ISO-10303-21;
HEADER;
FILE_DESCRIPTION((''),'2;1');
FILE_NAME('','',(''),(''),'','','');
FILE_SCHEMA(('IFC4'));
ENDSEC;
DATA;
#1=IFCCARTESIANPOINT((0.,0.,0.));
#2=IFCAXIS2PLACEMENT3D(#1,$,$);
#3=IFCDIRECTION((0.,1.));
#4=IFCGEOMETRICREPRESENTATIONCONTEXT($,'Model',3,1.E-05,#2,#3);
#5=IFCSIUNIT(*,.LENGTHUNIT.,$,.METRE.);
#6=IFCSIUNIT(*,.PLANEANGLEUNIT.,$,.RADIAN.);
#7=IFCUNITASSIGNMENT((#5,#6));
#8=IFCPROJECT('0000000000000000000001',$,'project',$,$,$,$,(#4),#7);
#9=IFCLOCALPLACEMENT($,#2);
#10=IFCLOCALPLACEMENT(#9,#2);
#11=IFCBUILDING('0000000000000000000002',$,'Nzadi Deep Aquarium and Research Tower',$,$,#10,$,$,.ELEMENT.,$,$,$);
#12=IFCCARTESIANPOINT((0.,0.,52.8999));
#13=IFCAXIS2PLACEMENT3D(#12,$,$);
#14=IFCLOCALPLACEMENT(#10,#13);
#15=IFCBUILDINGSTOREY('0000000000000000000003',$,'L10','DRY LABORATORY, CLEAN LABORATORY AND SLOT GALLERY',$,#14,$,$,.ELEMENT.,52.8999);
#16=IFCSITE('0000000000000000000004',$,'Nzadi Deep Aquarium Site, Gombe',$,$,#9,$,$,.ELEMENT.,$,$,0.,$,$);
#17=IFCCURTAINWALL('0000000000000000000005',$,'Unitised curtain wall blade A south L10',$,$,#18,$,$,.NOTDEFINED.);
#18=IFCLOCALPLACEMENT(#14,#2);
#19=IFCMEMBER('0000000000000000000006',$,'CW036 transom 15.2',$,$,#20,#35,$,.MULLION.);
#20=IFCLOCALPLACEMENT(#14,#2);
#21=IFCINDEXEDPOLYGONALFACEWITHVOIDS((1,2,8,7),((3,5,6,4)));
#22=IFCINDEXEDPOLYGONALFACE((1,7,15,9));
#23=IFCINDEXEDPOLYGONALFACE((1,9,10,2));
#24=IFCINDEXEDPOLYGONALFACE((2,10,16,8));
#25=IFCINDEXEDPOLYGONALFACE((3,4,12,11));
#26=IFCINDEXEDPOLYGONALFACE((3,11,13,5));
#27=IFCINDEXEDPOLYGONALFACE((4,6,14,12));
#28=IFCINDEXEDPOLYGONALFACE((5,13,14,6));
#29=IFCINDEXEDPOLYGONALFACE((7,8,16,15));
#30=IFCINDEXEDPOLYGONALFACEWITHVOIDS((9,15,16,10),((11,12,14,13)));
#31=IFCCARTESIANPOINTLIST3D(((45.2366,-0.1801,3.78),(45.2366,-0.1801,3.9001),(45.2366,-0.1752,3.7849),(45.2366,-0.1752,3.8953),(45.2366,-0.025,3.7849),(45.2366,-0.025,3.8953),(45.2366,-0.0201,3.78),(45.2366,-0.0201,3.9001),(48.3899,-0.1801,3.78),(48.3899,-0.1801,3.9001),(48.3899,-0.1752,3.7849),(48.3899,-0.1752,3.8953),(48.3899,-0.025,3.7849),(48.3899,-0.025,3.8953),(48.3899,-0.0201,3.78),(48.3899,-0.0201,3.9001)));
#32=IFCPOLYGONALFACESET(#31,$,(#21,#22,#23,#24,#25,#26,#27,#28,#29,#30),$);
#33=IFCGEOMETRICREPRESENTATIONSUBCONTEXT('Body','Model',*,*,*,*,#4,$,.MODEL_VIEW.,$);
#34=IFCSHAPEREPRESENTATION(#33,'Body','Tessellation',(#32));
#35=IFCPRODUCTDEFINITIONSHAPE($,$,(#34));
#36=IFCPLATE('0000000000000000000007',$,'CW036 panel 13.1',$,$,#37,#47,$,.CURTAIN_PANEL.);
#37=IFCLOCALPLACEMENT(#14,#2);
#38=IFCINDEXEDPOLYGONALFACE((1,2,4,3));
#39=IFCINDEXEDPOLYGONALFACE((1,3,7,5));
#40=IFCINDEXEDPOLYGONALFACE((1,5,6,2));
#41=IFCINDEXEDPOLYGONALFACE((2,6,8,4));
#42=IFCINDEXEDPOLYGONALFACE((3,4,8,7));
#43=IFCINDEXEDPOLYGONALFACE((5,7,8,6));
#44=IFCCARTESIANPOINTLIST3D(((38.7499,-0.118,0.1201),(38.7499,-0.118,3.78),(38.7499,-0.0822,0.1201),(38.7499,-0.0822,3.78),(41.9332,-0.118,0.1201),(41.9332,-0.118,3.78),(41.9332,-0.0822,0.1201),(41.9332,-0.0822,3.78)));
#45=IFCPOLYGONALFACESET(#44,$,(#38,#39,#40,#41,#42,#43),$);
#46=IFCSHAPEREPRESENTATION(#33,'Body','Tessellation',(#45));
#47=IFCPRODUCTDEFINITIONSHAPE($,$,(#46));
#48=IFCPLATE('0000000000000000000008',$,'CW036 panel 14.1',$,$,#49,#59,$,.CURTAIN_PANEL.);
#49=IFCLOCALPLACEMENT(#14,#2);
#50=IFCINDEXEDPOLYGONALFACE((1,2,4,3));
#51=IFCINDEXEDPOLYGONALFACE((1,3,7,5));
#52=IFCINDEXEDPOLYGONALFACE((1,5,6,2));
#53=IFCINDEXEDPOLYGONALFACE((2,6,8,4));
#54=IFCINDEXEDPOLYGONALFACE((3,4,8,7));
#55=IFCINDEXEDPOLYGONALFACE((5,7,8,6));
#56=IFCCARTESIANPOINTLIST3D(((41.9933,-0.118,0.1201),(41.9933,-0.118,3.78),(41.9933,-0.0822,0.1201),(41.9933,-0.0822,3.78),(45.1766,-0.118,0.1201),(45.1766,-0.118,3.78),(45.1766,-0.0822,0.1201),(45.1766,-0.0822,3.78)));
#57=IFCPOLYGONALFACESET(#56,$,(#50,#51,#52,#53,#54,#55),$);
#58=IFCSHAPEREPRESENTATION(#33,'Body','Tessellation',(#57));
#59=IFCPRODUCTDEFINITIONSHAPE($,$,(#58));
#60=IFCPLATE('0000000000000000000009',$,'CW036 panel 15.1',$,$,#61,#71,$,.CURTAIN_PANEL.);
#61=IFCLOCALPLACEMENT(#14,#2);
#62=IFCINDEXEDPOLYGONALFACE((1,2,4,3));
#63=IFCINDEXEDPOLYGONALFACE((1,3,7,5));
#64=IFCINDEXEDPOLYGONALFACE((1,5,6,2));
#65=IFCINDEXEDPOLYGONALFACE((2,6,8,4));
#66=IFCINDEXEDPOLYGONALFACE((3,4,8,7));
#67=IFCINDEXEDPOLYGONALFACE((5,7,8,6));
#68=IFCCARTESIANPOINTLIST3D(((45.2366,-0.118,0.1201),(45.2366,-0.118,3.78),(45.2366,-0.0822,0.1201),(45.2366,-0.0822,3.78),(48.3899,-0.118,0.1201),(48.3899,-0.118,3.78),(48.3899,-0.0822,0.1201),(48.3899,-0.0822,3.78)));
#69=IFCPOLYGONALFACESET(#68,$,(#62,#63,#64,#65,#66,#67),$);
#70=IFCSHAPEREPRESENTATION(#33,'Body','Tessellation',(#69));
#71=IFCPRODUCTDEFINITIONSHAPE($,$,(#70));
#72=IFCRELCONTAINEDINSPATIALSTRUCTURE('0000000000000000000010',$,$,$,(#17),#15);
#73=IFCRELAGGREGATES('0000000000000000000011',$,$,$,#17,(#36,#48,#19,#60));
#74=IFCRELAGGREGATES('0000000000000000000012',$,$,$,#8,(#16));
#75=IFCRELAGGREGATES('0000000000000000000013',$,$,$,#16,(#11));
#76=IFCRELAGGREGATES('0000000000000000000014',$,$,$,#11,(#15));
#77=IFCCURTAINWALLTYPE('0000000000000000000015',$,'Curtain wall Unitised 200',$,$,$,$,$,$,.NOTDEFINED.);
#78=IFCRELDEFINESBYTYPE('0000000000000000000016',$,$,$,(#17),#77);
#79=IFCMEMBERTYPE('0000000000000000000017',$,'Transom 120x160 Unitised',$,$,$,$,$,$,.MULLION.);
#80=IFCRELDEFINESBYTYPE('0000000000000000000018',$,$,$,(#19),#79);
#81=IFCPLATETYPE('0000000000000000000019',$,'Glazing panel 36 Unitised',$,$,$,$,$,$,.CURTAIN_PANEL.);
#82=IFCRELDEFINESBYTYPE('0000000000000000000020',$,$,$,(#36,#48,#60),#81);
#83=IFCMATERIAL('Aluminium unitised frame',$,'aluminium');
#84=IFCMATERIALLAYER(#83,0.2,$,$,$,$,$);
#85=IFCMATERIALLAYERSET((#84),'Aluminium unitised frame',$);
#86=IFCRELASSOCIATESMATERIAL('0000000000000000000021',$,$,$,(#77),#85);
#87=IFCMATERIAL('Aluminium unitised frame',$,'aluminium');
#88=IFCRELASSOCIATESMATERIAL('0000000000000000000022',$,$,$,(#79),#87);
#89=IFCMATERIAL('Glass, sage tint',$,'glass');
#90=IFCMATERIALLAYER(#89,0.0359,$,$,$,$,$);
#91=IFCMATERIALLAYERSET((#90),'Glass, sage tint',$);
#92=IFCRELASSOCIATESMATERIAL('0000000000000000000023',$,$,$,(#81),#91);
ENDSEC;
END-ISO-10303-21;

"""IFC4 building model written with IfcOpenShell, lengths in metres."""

from ifc_helpers import new_model, si_unit, direction, frame, origin, origin_2d, place, context, subcontext, project, spatial, rectangle, hollow_rectangle, extrude, material, layer, layer_set, material_profile, profile_set, type_object, element, aggregate, save


model = new_model("IFC4")

# Units and contexts
model_context = context("Model", 3, precision=1e-05, world=origin(), true_north=direction((0.0, 1.0)))
body_context = subcontext(model_context, "Body", "Model", "MODEL_VIEW")
ifc_project = project(units=[si_unit("LENGTHUNIT", "METRE"), si_unit("PLANEANGLEUNIT", "RADIAN")], contexts=[model_context])

# Site, building, storey
site_placement = place(None, origin())
site = spatial("IfcSite", under=ifc_project, at=site_placement, Name="Nzadi Deep Aquarium Site, Gombe", CompositionType="ELEMENT", RefElevation=0.0)
building_placement = place(site_placement, origin())
building = spatial("IfcBuilding", under=site, at=building_placement, Name="Nzadi Deep Aquarium and Research Tower", CompositionType="ELEMENT")
storey_placement = place(building_placement, frame((0.0, 0.0, 52.8999)))
storey = spatial("IfcBuildingStorey", under=building, at=storey_placement, Name="L10", Description="DRY LABORATORY, CLEAN LABORATORY AND SLOT GALLERY", CompositionType="ELEMENT", Elevation=52.8999)

# Curtain wall
ifc_material_1 = material(Name="Aluminium unitised frame", Category="aluminium")
ifc_layer_1 = layer(ifc_material_1, 0.2)
ifc_layer_set_1 = layer_set([ifc_layer_1], Name="Aluminium unitised frame")
curtain_wall_type = type_object("IfcCurtainWallType", Name="Curtain wall Unitised 200", PredefinedType="NOTDEFINED", material=ifc_layer_set_1)
curtain_wall_placement = place(storey_placement, origin())
curtain_wall = element("IfcCurtainWall", 1, at=curtain_wall_placement, inside=storey, type_object=curtain_wall_type, Name="Unitised curtain wall blade A south L10", PredefinedType="NOTDEFINED")

# Member
ifc_material_2 = material(Name="Aluminium unitised frame", Category="aluminium")
ifc_material_profile_1 = material_profile(ifc_material_2, hollow_rectangle(XDim=0.1599, YDim=0.1201, WallThickness=0.0049, at=origin_2d()))
ifc_profile_set_1 = profile_set([ifc_material_profile_1], Name="Aluminium unitised frame")
member_type_1 = type_object("IfcMemberType", Name="Transom 120x160 Unitised", PredefinedType="MULLION", material=ifc_profile_set_1)
member_1_placement = place(storey_placement, frame((45.2366, -0.1001, 3.8401), z_axis=(1.0, 0.0, 0.0), x_axis=(0.0, 1.0, 0.0)))
member_1 = element("IfcMember", 2, at=member_1_placement, type_object=member_type_1, Name="CW036 transom 15.2", PredefinedType="MULLION", context=body_context, shape_type="SweptSolid", body=[
    extrude(hollow_rectangle(XDim=0.1599, YDim=0.1201, WallThickness=0.0049, at=origin_2d()), origin(), (0.0, 0.0, 1.0), 3.1533),
])

# Plates
ifc_material_3 = material(Name="Glass, sage tint", Category="glass")
ifc_layer_2 = layer(ifc_material_3, 0.0359)
ifc_layer_set_2 = layer_set([ifc_layer_2], Name="Glass, sage tint")
plate_type = type_object("IfcPlateType", Name="Glazing panel 36 Unitised", PredefinedType="CURTAIN_PANEL", material=ifc_layer_set_2)
plate_1_placement = place(storey_placement, frame((40.3416, -0.1001, 0.1201), z_axis=(0.0, 0.0, 1.0), x_axis=(1.0, 0.0, 0.0)))
plate_1 = element("IfcPlate", 3, at=plate_1_placement, type_object=plate_type, Name="CW036 panel 13.1", PredefinedType="CURTAIN_PANEL", context=body_context, shape_type="SweptSolid", body=[
    extrude(rectangle(XDim=3.1833, YDim=0.0359, at=origin_2d()), origin(), (0.0, 0.0, 1.0), 3.6599),
])
plate_2_placement = place(storey_placement, frame((43.585, -0.1001, 0.1201), z_axis=(0.0, 0.0, 1.0), x_axis=(1.0, 0.0, 0.0)))
plate_2 = element("IfcPlate", 4, at=plate_2_placement, type_object=plate_type, Name="CW036 panel 14.1", PredefinedType="CURTAIN_PANEL", context=body_context, shape_type="SweptSolid", body=[
    extrude(rectangle(XDim=3.1833, YDim=0.0359, at=origin_2d()), origin(), (0.0, 0.0, 1.0), 3.6599),
])
plate_3_placement = place(storey_placement, frame((46.8132, -0.1001, 0.1201), z_axis=(0.0, 0.0, 1.0), x_axis=(1.0, 0.0, 0.0)))
plate_3 = element("IfcPlate", 5, at=plate_3_placement, type_object=plate_type, Name="CW036 panel 15.1", PredefinedType="CURTAIN_PANEL", context=body_context, shape_type="SweptSolid", body=[
    extrude(rectangle(XDim=3.1533, YDim=0.0359, at=origin_2d()), origin(), (0.0, 0.0, 1.0), 3.6599),
])
aggregate(curtain_wall, [plate_1, plate_2, member_1, plate_3])

save(model, "model.ifc")
